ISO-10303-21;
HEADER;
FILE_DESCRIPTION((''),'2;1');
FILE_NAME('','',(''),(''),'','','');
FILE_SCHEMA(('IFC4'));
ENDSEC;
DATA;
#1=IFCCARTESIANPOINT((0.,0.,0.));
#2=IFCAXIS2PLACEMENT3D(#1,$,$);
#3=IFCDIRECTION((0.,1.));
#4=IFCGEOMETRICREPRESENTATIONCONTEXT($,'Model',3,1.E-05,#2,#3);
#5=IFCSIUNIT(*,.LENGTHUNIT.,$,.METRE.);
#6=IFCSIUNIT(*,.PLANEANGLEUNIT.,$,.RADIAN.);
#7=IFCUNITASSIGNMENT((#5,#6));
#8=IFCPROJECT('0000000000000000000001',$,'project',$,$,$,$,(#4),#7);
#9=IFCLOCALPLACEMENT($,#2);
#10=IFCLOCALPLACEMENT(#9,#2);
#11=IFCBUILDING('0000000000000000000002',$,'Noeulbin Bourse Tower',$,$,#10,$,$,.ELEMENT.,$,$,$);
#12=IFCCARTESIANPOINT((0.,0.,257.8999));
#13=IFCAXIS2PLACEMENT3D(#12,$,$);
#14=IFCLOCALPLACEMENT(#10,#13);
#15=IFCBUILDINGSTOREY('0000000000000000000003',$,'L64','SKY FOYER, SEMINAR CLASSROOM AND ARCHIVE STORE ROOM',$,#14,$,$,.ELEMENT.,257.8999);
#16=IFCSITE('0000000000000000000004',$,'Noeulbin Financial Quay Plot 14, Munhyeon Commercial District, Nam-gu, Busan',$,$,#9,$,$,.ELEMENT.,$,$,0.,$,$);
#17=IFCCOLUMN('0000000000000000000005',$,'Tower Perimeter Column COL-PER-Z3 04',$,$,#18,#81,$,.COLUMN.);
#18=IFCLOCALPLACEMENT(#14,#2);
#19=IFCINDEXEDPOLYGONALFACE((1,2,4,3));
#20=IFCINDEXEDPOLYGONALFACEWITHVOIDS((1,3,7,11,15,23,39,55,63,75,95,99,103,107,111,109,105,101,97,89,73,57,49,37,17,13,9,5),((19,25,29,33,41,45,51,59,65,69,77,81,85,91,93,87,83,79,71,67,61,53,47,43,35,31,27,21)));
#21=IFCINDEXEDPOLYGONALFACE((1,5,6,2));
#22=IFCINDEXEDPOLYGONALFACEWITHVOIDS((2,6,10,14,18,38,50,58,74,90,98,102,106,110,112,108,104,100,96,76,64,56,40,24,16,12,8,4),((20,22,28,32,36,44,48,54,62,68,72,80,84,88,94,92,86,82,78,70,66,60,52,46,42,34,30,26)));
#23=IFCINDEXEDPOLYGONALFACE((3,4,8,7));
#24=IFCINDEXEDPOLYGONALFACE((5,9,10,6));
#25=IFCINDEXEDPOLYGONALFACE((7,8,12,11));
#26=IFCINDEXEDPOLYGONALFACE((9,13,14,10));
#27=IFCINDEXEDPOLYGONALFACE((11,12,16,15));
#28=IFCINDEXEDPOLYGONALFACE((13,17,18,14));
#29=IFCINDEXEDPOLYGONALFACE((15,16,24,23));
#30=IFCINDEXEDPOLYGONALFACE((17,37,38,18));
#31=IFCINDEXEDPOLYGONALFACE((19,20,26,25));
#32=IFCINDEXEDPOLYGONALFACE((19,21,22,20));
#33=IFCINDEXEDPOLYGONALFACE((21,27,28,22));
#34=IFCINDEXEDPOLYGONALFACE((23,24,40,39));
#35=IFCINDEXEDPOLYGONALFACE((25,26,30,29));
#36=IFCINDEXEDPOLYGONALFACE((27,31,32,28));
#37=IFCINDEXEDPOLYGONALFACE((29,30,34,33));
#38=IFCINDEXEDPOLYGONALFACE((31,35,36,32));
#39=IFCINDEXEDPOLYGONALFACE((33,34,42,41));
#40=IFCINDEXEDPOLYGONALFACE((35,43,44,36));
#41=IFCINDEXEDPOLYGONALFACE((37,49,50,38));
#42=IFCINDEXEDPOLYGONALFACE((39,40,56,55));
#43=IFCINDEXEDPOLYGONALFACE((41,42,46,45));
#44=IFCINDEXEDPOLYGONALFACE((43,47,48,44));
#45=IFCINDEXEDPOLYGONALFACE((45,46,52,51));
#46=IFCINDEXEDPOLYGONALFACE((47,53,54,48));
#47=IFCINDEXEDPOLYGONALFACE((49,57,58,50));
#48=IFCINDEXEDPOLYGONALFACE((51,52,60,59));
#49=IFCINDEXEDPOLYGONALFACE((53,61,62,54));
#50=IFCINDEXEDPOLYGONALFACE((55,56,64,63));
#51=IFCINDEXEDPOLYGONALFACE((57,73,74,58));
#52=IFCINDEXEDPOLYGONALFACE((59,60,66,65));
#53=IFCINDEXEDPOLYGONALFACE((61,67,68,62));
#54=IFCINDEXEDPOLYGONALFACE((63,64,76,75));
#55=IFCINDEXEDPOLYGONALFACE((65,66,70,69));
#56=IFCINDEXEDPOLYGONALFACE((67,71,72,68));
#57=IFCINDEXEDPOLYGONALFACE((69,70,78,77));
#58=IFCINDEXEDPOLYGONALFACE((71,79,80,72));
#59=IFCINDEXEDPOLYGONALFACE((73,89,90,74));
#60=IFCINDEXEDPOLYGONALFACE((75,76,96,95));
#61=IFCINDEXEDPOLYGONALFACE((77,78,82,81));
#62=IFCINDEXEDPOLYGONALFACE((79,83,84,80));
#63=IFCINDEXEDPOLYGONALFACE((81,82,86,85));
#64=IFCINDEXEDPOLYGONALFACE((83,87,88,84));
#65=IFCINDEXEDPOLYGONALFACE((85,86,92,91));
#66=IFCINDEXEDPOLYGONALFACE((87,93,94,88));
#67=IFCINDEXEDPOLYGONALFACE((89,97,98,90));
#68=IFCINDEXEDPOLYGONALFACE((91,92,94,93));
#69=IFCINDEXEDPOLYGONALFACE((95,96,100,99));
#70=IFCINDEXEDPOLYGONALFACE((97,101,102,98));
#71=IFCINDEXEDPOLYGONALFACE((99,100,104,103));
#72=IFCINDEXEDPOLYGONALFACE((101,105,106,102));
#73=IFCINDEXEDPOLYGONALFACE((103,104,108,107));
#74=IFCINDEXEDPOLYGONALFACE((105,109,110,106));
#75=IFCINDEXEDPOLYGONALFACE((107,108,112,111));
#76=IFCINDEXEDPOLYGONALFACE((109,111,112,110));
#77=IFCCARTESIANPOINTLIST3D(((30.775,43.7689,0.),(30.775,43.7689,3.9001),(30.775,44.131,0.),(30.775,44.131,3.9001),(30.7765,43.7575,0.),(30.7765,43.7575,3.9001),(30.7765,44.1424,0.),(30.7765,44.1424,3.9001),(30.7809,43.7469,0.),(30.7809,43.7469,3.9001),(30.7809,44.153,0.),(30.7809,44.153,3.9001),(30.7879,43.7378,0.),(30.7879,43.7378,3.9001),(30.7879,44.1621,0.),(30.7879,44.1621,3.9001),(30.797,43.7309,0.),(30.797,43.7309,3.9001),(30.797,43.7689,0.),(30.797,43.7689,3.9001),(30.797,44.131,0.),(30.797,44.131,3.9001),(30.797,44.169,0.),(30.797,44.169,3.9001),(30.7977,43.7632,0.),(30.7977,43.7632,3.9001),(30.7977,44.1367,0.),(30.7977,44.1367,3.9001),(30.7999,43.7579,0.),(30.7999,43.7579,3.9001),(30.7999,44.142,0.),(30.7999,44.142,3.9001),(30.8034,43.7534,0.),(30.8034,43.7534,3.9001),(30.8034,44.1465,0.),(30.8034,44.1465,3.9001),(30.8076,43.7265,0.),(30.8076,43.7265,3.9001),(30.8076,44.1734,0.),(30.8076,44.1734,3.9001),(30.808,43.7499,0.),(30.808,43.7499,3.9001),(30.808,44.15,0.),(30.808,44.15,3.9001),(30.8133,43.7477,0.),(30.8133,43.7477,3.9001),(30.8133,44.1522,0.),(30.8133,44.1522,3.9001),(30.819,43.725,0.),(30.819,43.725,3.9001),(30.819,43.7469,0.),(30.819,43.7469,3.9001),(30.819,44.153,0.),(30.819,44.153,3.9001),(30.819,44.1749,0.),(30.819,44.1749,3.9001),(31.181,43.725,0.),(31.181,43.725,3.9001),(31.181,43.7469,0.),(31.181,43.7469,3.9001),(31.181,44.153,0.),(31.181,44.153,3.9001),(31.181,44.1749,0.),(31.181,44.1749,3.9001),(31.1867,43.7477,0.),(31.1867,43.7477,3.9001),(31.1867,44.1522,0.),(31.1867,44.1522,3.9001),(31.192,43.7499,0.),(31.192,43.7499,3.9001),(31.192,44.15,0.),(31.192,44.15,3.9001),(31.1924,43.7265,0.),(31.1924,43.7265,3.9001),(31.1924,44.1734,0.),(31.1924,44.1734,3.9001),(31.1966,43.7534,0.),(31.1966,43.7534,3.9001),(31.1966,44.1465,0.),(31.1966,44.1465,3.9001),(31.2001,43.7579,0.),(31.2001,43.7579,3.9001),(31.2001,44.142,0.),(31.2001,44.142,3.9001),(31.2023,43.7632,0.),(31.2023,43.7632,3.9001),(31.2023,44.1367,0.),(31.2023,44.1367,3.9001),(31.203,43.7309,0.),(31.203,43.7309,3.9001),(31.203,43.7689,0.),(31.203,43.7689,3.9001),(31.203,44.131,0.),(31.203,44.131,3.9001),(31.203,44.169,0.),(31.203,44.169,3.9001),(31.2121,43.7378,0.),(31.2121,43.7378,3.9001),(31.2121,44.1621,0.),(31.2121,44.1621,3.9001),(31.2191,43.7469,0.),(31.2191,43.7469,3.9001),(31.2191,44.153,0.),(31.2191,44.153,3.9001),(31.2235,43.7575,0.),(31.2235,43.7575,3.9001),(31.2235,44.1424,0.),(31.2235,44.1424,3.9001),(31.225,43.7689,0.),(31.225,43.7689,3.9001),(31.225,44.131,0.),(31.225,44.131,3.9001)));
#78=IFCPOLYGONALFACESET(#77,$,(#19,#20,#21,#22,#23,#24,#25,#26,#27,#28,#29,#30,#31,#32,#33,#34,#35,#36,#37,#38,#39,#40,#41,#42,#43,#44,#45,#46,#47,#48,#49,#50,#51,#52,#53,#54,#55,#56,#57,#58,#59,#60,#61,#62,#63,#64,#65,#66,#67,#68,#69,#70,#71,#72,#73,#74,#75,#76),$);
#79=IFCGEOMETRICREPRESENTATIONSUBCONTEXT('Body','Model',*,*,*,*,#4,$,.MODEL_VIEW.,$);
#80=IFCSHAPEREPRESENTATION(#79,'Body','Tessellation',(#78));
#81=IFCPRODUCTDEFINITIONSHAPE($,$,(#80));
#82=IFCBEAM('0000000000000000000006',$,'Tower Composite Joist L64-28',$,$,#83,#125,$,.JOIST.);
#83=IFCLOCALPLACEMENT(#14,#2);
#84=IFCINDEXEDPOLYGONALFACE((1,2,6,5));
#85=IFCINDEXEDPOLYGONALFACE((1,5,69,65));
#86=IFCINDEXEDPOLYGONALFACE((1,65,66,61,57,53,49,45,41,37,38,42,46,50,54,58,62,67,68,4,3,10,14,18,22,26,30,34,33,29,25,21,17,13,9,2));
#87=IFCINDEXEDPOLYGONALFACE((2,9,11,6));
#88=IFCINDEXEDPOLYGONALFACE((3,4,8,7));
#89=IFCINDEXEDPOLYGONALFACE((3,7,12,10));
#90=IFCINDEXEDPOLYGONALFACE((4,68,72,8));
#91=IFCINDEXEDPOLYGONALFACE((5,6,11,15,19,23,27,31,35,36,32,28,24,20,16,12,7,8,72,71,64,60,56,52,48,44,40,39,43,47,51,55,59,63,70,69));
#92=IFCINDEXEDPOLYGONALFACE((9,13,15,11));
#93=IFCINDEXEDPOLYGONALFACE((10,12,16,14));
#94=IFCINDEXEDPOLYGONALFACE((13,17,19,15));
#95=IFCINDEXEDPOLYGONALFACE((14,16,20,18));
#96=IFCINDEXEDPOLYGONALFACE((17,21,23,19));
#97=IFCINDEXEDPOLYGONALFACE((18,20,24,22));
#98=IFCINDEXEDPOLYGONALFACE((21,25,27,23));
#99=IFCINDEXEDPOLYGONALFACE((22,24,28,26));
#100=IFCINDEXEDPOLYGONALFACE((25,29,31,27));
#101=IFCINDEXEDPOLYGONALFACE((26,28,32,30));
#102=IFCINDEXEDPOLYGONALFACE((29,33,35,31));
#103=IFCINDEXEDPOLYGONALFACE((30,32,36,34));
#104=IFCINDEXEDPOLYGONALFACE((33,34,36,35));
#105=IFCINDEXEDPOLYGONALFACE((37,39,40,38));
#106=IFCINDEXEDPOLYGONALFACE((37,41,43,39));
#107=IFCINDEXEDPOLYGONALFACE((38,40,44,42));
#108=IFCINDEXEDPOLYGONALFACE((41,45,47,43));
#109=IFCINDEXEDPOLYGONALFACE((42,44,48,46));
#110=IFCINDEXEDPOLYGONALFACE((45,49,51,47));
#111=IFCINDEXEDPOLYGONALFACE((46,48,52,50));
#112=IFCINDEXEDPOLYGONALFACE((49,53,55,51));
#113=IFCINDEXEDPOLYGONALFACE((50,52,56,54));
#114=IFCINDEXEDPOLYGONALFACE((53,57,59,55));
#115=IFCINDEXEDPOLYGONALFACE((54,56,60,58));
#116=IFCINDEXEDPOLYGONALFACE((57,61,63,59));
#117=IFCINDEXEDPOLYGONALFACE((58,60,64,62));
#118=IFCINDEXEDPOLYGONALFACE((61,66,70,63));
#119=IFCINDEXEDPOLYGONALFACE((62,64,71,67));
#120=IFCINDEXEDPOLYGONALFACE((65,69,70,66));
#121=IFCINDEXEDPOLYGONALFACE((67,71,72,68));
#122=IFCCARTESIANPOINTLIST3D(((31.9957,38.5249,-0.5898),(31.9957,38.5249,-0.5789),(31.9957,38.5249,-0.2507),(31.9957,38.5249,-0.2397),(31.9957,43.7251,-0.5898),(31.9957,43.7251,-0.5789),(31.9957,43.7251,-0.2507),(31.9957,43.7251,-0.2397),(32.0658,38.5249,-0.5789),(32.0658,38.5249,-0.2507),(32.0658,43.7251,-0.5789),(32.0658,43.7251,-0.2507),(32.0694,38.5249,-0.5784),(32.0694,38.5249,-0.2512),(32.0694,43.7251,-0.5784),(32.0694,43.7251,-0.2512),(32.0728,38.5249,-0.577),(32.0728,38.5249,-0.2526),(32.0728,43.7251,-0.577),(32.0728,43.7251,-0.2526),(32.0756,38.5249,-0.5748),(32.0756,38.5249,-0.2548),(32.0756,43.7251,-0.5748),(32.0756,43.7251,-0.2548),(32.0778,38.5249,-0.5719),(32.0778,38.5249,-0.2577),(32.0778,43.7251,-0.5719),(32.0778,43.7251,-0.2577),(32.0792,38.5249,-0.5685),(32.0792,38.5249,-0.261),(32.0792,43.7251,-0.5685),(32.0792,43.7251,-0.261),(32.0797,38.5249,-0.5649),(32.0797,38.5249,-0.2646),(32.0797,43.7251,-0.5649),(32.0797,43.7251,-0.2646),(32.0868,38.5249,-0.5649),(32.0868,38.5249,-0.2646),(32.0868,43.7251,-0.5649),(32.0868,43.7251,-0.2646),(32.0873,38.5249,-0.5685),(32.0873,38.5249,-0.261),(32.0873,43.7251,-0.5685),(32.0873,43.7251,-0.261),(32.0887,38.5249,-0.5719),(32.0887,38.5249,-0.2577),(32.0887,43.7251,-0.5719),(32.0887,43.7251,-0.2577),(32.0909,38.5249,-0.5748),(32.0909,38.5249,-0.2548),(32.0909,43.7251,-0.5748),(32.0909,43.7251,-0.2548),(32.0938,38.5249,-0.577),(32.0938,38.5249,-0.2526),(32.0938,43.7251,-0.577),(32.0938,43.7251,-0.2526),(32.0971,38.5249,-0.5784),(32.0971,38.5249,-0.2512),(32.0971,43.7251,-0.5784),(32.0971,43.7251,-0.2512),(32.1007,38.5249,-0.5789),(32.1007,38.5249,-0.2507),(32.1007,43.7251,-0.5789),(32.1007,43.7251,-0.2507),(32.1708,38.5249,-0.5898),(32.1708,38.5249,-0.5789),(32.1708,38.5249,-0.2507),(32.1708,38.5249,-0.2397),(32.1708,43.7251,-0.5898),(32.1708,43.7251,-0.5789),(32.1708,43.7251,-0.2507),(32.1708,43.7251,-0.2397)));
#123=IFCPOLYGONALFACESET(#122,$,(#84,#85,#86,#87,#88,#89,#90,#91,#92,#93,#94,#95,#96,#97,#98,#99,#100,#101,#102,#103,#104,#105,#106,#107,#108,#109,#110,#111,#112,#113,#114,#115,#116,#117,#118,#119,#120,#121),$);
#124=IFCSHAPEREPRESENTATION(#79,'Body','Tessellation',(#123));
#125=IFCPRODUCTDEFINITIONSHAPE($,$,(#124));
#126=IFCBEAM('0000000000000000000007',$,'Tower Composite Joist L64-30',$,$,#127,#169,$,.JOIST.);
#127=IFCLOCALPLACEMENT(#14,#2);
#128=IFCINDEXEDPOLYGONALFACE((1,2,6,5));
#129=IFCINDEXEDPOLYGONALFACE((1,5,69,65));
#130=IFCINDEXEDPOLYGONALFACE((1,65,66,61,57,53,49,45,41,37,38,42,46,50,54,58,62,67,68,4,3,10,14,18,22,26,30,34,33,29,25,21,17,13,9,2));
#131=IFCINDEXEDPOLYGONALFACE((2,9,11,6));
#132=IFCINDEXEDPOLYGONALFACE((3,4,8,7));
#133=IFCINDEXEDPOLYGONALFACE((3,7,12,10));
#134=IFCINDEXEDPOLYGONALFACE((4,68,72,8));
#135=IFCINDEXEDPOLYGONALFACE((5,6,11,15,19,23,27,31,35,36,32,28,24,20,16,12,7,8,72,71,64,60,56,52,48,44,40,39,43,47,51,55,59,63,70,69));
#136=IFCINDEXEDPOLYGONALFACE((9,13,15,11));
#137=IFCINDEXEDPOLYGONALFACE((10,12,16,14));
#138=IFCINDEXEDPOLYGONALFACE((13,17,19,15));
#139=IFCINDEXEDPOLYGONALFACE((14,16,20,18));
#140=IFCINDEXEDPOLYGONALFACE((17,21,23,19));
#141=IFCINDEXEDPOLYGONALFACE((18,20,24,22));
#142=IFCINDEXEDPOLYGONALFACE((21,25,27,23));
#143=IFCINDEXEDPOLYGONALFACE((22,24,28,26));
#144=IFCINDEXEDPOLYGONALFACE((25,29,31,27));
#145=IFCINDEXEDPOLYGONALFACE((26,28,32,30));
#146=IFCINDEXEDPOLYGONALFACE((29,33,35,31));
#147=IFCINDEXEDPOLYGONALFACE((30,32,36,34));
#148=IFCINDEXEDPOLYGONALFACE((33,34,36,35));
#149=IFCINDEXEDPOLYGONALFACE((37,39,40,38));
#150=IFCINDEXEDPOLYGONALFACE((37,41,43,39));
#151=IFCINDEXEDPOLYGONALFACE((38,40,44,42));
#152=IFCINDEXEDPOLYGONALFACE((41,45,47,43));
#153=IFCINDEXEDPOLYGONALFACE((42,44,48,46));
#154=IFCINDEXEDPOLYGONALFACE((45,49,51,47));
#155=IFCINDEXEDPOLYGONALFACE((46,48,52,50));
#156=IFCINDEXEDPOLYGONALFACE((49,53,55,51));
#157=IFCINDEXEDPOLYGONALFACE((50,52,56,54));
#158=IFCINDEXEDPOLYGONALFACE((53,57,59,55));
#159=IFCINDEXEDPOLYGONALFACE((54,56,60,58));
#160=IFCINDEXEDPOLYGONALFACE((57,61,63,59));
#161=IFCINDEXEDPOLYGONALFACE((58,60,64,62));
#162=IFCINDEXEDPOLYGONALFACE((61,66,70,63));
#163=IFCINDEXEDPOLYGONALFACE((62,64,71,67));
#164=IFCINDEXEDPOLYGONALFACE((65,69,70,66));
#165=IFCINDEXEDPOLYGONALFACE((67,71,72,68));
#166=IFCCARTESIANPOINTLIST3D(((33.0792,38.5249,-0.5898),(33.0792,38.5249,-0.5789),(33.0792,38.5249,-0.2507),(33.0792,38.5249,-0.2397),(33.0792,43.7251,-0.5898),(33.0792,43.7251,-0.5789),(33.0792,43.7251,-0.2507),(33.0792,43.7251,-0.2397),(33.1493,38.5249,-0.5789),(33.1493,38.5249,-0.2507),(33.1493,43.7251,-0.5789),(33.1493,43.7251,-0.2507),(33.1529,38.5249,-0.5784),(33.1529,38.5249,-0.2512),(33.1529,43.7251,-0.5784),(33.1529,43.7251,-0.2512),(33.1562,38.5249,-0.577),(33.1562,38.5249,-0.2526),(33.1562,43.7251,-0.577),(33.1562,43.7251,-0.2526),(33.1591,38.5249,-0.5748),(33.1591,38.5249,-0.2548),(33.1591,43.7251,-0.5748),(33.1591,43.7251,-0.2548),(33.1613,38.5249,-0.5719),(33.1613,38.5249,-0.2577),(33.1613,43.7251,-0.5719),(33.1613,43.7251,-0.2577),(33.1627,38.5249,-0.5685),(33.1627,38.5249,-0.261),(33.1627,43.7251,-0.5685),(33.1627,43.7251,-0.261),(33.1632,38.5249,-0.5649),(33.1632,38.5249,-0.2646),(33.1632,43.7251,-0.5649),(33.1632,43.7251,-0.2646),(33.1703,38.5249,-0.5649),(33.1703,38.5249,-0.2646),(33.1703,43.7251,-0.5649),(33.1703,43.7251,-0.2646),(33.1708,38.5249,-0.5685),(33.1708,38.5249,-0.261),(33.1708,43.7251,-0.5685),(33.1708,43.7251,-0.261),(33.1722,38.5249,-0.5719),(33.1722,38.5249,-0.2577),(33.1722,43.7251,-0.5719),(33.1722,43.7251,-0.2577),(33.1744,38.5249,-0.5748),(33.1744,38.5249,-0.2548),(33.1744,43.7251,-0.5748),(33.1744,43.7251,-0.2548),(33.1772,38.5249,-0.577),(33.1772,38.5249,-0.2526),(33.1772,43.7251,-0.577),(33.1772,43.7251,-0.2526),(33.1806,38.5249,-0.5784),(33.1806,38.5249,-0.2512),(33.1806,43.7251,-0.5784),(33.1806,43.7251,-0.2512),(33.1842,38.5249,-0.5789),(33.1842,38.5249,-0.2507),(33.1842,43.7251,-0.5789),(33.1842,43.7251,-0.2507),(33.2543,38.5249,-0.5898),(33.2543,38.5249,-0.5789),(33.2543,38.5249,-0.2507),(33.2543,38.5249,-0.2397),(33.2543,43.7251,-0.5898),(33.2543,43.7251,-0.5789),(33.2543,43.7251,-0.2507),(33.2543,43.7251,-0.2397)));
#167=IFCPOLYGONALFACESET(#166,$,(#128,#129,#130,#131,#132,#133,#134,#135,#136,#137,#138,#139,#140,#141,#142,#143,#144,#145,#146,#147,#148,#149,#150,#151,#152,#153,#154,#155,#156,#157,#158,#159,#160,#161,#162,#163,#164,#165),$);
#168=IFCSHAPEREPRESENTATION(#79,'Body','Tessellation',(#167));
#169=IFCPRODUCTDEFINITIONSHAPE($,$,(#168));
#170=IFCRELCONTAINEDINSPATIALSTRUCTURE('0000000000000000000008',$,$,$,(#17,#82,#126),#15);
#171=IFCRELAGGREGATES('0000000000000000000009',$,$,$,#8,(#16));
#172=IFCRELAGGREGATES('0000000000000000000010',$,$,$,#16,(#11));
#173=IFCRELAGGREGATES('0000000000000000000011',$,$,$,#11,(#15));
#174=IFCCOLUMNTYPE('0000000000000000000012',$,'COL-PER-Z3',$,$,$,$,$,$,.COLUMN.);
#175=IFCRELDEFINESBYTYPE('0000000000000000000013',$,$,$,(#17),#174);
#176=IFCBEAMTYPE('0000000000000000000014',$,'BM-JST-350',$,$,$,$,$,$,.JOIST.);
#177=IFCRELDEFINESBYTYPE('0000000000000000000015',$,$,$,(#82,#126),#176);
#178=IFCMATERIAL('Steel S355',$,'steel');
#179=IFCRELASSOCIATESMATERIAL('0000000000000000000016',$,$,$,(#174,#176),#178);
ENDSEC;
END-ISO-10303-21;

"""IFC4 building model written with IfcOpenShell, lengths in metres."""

from ifc_helpers import new_model, si_unit, direction, frame, origin, origin_2d, place, context, subcontext, project, spatial, hollow_rectangle, i_section, extrude, material, material_profile, profile_set, type_object, element, save


model = new_model("IFC4")

# Units and contexts
model_context = context("Model", 3, precision=1e-05, world=origin(), true_north=direction((0.0, 1.0)))
body_context = subcontext(model_context, "Body", "Model", "MODEL_VIEW")
ifc_project = project(units=[si_unit("LENGTHUNIT", "METRE"), si_unit("PLANEANGLEUNIT", "RADIAN")], contexts=[model_context])

# Site, building, storey
site_placement = place(None, origin())
site = spatial("IfcSite", under=ifc_project, at=site_placement, Name="Noeulbin Financial Quay Plot 14, Munhyeon Commercial District, Nam-gu, Busan", CompositionType="ELEMENT", RefElevation=0.0)
building_placement = place(site_placement, origin())
building = spatial("IfcBuilding", under=site, at=building_placement, Name="Noeulbin Bourse Tower", CompositionType="ELEMENT")
storey_placement = place(building_placement, frame((0.0, 0.0, 257.8999)))
storey = spatial("IfcBuildingStorey", under=building, at=storey_placement, Name="L64", Description="SKY FOYER, SEMINAR CLASSROOM AND ARCHIVE STORE ROOM", CompositionType="ELEMENT", Elevation=257.8999)

# Column
ifc_material_1 = material(Name="Steel S355", Category="steel")
ifc_material_profile_1 = material_profile(ifc_material_1, hollow_rectangle(XDim=0.45, YDim=0.45, WallThickness=0.022, InnerFilletRadius=0.022, OuterFilletRadius=0.0439, at=origin_2d()), Name="SHS-450x450x22", Category="LoadBearing")
ifc_profile_set_1 = profile_set([ifc_material_profile_1], Name="Steel S355")
column_type = type_object("IfcColumnType", Name="COL-PER-Z3", PredefinedType="COLUMN", material=ifc_profile_set_1)
column_placement = place(storey_placement, frame((31.0, 43.95, 0.0), z_axis=(0.0, 0.0, 1.0), x_axis=(1.0, 0.0, 0.0)))
element("IfcColumn", 1, at=column_placement, inside=storey, type_object=column_type, Name="Tower Perimeter Column COL-PER-Z3 04", PredefinedType="COLUMN", context=body_context, shape_type="SweptSolid", body=[
    extrude(hollow_rectangle(XDim=0.45, YDim=0.45, WallThickness=0.022, InnerFilletRadius=0.022, OuterFilletRadius=0.0439, at=origin_2d()), origin(), (0.0, 0.0, 1.0), 3.9001),
])

# Beams
ifc_material_profile_2 = material_profile(ifc_material_1, i_section(OverallWidth=0.175, OverallDepth=0.3501, WebThickness=0.0071, FlangeThickness=0.011, FilletRadius=0.0139, at=origin_2d()), Name="H-350x175x7x11", Category="LoadBearing")
ifc_profile_set_2 = profile_set([ifc_material_profile_2], Name="Steel S355")
beam_type_1 = type_object("IfcBeamType", Name="BM-JST-350", PredefinedType="JOIST", material=ifc_profile_set_2)
for number, where, z_axis, x_axis, name in (
    (2, (32.0833, 38.5249, -0.4148), (0.0, 1.0, 0.0), (-1.0, 0.0, 0.0), "Tower Composite Joist L64-28"),
    (3, (33.1667, 38.5249, -0.4148), (0.0, 1.0, 0.0), (-1.0, 0.0, 0.0), "Tower Composite Joist L64-30"),
):
    element("IfcBeam", number, at=place(storey_placement, frame(where, z_axis=z_axis, x_axis=x_axis)), inside=storey, type_object=beam_type_1, Name=name, PredefinedType="JOIST", context=body_context, shape_type="SweptSolid", body=[
        extrude(i_section(OverallWidth=0.175, OverallDepth=0.3501, WebThickness=0.0071, FlangeThickness=0.011, FilletRadius=0.0139, at=origin_2d()), origin(), (0.0, 0.0, 1.0), 5.2002),
    ])

save(model, "model.ifc")
